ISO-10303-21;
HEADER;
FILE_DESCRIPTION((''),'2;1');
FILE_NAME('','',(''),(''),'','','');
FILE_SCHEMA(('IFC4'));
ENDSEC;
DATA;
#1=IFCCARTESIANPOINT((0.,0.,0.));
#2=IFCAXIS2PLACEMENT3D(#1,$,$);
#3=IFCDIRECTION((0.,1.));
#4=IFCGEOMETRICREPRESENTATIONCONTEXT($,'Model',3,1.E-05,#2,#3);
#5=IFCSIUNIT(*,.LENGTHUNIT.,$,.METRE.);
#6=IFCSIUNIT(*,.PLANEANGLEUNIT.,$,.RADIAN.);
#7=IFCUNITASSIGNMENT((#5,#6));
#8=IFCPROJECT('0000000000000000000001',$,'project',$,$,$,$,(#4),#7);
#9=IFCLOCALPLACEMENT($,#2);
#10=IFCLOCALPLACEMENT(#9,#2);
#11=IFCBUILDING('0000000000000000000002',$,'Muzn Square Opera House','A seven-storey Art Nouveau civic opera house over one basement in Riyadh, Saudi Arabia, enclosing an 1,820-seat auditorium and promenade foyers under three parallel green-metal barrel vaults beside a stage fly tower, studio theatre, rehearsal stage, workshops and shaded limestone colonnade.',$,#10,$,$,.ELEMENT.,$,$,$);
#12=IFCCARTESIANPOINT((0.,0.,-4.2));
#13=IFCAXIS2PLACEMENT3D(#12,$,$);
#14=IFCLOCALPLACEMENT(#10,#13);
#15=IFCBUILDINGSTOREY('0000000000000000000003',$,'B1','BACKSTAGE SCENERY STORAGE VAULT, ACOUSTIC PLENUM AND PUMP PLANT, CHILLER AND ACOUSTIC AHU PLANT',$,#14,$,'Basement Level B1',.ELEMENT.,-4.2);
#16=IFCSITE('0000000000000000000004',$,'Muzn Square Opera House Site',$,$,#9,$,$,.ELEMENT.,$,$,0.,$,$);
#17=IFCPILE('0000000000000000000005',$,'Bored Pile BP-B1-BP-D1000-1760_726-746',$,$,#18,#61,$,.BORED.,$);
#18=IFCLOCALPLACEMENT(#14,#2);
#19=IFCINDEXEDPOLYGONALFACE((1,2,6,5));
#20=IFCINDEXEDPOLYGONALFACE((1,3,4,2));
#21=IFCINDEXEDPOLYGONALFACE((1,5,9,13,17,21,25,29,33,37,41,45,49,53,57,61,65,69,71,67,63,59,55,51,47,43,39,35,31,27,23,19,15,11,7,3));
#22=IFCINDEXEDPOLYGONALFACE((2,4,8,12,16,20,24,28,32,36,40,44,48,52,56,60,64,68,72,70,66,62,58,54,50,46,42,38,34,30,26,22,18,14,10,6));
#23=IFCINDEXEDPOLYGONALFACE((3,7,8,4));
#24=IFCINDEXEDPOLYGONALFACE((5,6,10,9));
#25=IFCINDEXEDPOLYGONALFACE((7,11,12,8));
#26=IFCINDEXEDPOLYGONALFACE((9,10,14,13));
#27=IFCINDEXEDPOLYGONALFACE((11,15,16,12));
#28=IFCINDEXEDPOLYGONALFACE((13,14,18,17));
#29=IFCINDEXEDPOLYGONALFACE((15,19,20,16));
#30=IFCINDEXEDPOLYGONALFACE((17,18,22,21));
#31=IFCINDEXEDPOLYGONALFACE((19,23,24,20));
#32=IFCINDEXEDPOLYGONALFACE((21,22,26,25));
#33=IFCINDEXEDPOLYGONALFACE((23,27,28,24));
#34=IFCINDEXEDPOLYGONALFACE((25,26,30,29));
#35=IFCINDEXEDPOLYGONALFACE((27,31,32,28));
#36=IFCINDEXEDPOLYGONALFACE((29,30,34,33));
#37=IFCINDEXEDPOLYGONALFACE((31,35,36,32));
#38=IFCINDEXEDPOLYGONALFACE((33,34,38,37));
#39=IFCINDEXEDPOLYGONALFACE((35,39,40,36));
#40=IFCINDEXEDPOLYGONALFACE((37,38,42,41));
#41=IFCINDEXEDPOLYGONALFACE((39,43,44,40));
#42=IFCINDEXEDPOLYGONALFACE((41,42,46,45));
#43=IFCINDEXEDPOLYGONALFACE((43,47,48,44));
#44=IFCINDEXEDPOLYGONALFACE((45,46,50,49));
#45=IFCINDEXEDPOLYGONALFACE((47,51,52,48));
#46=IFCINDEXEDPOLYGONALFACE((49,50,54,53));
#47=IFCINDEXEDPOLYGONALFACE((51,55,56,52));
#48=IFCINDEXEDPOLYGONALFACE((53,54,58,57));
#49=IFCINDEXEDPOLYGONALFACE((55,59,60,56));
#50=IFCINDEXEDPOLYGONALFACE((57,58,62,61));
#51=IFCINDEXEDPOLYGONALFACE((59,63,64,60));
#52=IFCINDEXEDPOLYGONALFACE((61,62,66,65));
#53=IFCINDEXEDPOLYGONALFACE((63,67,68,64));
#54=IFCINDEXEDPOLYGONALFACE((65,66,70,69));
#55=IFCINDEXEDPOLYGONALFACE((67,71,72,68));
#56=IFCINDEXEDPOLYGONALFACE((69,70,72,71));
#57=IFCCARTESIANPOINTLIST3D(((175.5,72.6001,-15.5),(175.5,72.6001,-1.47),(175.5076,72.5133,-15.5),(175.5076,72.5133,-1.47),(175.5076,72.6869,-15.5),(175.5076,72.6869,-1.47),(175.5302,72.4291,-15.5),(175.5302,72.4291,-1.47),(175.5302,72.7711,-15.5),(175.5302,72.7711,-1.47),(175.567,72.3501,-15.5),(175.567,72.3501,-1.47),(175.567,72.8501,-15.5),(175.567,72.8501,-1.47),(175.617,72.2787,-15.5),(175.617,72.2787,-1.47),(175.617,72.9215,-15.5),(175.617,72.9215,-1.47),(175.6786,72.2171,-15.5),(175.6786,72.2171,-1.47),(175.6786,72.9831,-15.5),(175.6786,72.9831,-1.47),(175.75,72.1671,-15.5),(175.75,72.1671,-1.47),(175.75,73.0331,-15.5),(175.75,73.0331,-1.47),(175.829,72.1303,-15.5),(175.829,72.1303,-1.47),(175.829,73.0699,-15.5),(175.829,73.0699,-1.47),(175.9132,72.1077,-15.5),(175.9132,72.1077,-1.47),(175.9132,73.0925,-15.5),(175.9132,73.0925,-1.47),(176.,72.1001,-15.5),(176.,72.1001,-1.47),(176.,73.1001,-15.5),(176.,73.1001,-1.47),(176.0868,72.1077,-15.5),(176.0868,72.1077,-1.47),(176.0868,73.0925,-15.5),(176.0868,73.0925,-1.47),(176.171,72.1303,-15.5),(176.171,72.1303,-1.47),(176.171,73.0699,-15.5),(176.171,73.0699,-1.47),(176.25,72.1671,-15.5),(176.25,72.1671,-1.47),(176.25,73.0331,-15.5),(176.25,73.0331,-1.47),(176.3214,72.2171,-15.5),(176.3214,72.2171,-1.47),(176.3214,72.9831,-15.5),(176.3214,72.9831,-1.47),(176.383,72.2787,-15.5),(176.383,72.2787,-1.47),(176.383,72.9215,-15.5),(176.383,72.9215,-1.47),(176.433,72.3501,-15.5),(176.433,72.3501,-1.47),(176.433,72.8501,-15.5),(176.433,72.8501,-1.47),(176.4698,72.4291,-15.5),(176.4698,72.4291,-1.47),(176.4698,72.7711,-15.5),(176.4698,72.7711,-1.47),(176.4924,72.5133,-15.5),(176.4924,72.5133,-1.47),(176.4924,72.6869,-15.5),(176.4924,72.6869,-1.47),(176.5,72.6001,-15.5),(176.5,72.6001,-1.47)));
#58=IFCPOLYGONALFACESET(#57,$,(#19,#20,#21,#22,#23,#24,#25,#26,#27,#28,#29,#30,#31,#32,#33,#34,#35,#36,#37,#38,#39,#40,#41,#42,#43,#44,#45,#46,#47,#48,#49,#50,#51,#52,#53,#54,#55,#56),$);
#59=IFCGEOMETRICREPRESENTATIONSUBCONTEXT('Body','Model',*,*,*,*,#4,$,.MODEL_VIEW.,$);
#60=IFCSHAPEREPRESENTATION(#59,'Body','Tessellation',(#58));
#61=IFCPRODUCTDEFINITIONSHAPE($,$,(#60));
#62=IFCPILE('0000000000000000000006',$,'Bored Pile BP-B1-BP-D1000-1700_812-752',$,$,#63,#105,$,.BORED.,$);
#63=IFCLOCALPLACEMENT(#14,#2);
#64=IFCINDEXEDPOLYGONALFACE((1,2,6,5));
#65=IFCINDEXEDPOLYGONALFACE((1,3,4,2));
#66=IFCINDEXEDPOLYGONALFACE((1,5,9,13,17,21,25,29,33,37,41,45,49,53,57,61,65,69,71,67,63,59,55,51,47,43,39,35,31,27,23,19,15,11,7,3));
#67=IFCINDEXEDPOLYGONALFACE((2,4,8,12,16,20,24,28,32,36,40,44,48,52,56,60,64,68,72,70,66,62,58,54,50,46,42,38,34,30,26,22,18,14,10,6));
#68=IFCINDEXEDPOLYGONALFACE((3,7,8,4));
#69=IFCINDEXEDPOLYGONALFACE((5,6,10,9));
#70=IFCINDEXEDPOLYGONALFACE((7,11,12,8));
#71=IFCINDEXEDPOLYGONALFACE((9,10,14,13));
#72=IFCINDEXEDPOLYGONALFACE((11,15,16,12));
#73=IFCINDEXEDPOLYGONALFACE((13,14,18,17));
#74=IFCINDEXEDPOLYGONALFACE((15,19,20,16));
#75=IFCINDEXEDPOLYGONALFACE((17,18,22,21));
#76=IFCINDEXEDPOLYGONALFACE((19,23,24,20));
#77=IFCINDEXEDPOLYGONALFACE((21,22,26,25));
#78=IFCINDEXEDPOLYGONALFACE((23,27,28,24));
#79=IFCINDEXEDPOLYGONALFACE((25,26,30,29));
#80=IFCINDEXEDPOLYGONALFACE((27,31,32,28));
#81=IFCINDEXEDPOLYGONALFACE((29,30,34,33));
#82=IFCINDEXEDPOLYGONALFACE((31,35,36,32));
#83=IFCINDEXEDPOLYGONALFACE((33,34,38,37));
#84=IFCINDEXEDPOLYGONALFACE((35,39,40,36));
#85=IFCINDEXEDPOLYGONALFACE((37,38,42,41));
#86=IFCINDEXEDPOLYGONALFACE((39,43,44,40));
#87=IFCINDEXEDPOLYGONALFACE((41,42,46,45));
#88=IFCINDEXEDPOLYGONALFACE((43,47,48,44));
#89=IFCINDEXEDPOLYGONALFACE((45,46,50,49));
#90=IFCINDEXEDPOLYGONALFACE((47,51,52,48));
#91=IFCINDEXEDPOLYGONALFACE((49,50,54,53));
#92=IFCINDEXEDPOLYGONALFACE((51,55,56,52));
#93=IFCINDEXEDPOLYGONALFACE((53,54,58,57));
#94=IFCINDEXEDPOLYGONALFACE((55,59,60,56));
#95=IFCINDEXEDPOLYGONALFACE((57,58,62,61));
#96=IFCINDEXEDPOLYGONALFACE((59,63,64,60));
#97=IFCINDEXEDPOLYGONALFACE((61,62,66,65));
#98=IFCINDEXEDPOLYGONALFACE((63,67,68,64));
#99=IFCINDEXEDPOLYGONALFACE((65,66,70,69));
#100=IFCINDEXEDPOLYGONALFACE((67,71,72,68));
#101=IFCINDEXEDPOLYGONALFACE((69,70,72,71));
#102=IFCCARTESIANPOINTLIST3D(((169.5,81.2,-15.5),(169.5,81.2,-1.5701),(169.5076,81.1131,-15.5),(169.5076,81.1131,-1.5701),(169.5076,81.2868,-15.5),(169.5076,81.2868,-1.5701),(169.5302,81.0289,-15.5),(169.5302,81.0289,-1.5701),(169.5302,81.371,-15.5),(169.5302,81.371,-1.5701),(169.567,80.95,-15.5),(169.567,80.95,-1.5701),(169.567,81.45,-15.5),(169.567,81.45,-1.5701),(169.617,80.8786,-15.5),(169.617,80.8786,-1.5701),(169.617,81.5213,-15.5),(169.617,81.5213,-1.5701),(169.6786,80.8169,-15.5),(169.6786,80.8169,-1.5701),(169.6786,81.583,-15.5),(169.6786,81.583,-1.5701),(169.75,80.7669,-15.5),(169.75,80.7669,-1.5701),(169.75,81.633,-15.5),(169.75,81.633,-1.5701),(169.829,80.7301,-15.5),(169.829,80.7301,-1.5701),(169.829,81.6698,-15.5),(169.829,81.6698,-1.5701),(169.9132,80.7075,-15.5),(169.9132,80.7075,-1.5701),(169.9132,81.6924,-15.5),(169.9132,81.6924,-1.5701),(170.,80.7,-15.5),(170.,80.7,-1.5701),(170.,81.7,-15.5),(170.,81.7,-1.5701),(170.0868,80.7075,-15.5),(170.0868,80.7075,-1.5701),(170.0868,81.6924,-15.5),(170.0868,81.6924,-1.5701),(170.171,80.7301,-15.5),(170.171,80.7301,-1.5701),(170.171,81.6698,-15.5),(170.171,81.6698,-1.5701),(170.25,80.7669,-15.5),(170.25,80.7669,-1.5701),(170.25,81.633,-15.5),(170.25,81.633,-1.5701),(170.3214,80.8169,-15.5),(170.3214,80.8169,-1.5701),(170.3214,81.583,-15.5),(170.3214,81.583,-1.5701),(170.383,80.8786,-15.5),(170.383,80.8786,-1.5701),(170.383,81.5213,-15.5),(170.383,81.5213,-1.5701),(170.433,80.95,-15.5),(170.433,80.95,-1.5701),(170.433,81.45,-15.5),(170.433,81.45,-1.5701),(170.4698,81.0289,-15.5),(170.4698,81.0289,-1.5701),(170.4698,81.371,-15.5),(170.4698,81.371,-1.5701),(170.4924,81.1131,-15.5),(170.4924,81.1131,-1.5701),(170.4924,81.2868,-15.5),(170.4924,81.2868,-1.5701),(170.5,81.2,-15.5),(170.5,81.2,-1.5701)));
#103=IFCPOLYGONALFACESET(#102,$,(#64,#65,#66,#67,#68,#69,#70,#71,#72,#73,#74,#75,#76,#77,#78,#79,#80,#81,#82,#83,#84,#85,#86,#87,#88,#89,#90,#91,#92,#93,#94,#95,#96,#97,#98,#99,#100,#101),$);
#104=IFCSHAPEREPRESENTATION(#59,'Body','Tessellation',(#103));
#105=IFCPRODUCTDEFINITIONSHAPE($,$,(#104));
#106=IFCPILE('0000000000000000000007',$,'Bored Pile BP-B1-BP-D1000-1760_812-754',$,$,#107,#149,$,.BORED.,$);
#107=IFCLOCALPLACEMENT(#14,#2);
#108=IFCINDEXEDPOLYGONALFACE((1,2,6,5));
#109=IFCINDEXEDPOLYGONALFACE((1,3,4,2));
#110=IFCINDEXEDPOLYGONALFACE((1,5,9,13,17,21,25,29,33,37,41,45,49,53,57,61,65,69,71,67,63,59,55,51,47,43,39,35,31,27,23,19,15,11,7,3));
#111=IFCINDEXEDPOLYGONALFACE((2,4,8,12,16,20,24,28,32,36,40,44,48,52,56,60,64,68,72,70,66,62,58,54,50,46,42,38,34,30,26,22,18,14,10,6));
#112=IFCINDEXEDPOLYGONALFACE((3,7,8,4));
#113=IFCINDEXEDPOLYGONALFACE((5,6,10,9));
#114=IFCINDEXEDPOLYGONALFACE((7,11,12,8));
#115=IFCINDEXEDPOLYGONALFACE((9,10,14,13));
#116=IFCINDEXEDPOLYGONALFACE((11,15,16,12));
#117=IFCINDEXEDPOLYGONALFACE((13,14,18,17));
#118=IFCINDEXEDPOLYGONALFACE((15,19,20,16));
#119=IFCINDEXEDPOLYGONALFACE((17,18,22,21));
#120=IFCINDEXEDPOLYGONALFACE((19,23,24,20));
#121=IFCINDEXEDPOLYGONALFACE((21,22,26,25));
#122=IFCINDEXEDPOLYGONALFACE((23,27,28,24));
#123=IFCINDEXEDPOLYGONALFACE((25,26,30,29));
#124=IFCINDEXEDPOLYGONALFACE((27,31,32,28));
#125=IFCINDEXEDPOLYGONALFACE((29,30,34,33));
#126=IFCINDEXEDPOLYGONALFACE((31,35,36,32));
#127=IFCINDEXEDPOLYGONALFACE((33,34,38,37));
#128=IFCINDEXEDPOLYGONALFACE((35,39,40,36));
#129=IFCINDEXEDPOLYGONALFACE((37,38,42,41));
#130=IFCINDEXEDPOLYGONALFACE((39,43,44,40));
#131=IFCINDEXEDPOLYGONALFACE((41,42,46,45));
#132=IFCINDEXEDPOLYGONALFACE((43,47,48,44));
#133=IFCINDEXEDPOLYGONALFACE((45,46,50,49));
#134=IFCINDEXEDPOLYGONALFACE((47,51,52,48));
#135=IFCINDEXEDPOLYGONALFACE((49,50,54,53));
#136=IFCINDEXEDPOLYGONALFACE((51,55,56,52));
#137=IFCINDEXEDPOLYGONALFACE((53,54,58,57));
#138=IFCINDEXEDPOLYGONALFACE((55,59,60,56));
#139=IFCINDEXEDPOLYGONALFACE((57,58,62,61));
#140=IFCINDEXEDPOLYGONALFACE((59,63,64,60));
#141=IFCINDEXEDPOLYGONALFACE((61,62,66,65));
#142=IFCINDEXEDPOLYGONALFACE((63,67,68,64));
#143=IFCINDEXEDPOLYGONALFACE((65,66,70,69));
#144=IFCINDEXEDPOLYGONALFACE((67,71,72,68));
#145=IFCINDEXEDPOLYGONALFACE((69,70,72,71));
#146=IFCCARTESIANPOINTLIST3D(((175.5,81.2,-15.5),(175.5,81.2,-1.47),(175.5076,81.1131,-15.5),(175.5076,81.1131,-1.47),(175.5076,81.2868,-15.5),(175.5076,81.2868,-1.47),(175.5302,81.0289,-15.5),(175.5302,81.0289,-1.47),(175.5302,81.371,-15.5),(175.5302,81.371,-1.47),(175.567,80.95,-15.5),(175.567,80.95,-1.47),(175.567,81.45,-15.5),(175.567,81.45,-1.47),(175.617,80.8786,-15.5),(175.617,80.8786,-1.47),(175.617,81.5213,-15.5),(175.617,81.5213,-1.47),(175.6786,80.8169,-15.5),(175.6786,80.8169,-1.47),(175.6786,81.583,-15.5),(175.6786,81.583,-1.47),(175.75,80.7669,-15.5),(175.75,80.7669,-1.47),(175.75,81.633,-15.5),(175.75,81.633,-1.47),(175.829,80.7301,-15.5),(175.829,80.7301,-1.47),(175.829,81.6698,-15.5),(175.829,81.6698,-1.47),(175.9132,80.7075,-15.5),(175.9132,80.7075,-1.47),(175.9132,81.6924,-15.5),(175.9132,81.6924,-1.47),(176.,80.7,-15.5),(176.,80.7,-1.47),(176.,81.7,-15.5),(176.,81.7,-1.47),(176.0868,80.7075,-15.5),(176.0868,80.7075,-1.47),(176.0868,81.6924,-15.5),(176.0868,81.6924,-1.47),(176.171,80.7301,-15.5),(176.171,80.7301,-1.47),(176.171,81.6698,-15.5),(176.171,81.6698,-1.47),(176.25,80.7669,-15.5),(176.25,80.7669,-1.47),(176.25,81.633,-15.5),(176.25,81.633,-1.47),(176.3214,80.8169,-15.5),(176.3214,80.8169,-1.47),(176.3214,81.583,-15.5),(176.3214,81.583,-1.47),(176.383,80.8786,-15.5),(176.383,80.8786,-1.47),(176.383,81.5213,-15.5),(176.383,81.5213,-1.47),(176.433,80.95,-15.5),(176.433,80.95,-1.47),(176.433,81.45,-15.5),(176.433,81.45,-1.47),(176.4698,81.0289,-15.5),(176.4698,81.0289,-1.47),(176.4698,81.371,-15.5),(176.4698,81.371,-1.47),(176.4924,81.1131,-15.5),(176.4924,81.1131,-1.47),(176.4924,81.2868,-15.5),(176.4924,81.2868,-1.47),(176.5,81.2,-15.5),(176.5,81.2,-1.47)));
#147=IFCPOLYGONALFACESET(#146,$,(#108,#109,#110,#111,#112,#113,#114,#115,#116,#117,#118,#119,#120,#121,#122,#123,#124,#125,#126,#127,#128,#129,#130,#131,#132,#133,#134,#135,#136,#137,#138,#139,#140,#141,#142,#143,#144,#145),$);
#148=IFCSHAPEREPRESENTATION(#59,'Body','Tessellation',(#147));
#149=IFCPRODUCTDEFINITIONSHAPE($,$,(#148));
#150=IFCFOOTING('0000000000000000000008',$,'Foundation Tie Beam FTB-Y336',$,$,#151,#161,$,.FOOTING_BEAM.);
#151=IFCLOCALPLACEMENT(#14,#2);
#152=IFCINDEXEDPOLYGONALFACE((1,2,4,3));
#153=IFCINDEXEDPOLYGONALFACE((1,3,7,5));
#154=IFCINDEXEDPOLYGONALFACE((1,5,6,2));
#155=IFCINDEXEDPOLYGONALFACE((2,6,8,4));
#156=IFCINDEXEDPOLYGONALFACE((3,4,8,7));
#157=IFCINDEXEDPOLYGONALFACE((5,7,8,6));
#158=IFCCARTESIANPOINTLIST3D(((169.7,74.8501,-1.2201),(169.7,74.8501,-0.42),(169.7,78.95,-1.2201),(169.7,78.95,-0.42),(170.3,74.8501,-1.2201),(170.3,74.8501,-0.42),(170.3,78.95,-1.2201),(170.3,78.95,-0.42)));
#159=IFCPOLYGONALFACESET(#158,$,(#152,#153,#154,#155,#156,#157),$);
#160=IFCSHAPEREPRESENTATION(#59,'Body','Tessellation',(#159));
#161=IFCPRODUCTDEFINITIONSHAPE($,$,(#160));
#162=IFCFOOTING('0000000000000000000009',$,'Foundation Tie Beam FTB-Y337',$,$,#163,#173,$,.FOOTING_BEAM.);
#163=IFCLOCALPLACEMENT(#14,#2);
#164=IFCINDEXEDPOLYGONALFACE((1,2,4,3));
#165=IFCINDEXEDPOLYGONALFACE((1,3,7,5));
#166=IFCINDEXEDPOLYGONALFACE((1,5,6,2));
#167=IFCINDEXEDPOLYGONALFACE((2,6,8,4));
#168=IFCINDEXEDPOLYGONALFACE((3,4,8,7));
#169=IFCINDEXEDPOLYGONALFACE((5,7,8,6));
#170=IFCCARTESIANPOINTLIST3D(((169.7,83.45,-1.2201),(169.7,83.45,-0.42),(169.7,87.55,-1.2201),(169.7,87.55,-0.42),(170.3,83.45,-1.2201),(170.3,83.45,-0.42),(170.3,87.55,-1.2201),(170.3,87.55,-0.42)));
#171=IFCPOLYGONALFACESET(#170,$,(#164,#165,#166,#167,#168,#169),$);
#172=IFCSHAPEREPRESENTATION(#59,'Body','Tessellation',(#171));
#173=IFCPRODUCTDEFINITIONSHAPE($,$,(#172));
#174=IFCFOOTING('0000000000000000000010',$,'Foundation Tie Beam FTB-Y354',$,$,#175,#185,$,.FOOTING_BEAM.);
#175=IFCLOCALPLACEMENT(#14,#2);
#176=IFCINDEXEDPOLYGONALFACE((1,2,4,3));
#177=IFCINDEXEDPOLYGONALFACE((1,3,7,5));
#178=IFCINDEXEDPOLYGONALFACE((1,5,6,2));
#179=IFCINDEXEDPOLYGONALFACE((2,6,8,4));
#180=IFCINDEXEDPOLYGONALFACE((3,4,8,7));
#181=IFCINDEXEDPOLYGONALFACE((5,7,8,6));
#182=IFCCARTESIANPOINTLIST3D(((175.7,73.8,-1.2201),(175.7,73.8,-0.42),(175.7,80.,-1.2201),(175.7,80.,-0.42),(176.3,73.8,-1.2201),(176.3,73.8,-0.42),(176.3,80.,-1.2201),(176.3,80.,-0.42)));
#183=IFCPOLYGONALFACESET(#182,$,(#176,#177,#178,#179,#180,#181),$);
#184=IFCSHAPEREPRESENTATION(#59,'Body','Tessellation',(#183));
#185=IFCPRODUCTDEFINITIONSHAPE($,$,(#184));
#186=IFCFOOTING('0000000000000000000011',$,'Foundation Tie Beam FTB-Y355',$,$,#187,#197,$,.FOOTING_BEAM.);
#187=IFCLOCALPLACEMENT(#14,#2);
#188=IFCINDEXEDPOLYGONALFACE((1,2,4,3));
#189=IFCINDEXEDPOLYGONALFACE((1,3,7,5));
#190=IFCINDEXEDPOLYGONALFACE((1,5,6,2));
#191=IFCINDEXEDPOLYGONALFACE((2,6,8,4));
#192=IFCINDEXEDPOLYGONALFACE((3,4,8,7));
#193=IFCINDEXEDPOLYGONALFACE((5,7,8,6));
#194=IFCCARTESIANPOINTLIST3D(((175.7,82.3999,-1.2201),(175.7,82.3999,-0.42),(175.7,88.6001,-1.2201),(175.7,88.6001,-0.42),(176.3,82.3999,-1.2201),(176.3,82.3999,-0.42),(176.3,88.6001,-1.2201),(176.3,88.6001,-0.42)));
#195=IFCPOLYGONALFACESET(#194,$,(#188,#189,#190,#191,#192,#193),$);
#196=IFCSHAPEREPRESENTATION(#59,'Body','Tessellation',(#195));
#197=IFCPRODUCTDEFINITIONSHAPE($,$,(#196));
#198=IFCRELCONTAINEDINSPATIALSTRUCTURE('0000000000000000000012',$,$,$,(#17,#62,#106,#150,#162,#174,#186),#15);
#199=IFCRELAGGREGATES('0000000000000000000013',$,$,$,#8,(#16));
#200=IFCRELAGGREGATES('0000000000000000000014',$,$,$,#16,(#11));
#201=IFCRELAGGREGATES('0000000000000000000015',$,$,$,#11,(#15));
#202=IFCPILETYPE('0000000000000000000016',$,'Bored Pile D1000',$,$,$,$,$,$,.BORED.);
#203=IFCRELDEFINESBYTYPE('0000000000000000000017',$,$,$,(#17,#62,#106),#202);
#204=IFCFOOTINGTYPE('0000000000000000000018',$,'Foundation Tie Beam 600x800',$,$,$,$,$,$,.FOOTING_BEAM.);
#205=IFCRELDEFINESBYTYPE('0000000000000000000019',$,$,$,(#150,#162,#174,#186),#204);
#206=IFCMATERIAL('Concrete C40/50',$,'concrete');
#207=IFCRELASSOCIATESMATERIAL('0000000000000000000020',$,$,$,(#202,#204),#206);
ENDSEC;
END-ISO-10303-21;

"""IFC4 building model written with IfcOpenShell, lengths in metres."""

from ifc_helpers import new_model, si_unit, direction, frame, origin, origin_2d, place, context, subcontext, project, spatial, rectangle, circle, extrude, material, material_profile, profile_set, type_object, element, save


model = new_model("IFC4")

# Units and contexts
model_context = context("Model", 3, precision=1e-05, world=origin(), true_north=direction((0.0, 1.0)))
body_context = subcontext(model_context, "Body", "Model", "MODEL_VIEW")
ifc_project = project(units=[si_unit("LENGTHUNIT", "METRE"), si_unit("PLANEANGLEUNIT", "RADIAN")], contexts=[model_context])

# Site, building, storey
site_placement = place(None, origin())
site = spatial("IfcSite", under=ifc_project, at=site_placement, Name="Muzn Square Opera House Site", CompositionType="ELEMENT", RefElevation=0.0)
building_placement = place(site_placement, origin())
building = spatial("IfcBuilding", under=site, at=building_placement, Name="Muzn Square Opera House", Description="A seven-storey Art Nouveau civic opera house over one basement in Riyadh, Saudi Arabia, enclosing an 1,820-seat auditorium and promenade foyers under three parallel green-metal barrel vaults beside a stage fly tower, studio theatre, rehearsal stage, workshops and shaded limestone colonnade.", CompositionType="ELEMENT")
storey_placement = place(building_placement, frame((0.0, 0.0, -4.2)))
storey = spatial("IfcBuildingStorey", under=building, at=storey_placement, Name="B1", Description="BACKSTAGE SCENERY STORAGE VAULT, ACOUSTIC PLENUM AND PUMP PLANT, CHILLER AND ACOUSTIC AHU PLANT", LongName="Basement Level B1", CompositionType="ELEMENT", Elevation=-4.2)

# Piles
ifc_material_1 = material(Name="Concrete C40/50", Category="concrete")
ifc_material_profile_1 = material_profile(ifc_material_1, circle(Radius=0.5, at=origin_2d()), Name="BORED PILE D1000", Category="concrete")
ifc_profile_set_1 = profile_set([ifc_material_profile_1], Name="Concrete C40/50")
pile_type = type_object("IfcPileType", Name="Bored Pile D1000", PredefinedType="BORED", material=ifc_profile_set_1)
pile_1_placement = place(storey_placement, frame((176.0, 72.6001, -1.47), z_axis=(0.0, 0.0, -1.0), x_axis=(1.0, 0.0, 0.0)))
element("IfcPile", 1, at=pile_1_placement, inside=storey, type_object=pile_type, Name="Bored Pile BP-B1-BP-D1000-1760_726-746", PredefinedType="BORED", context=body_context, shape_type="SweptSolid", body=[
    extrude(circle(Radius=0.5, at=origin_2d()), origin(), (0.0, 0.0, 1.0), 14.03),
])
pile_2_placement = place(storey_placement, frame((170.0, 81.2, -1.5701), z_axis=(0.0, 0.0, -1.0), x_axis=(1.0, 0.0, 0.0)))
element("IfcPile", 2, at=pile_2_placement, inside=storey, type_object=pile_type, Name="Bored Pile BP-B1-BP-D1000-1700_812-752", PredefinedType="BORED", context=body_context, shape_type="SweptSolid", body=[
    extrude(circle(Radius=0.5, at=origin_2d()), origin(), (0.0, 0.0, 1.0), 13.9299),
])
pile_3_placement = place(storey_placement, frame((176.0, 81.2, -1.47), z_axis=(0.0, 0.0, -1.0), x_axis=(1.0, 0.0, 0.0)))
element("IfcPile", 3, at=pile_3_placement, inside=storey, type_object=pile_type, Name="Bored Pile BP-B1-BP-D1000-1760_812-754", PredefinedType="BORED", context=body_context, shape_type="SweptSolid", body=[
    extrude(circle(Radius=0.5, at=origin_2d()), origin(), (0.0, 0.0, 1.0), 14.03),
])

# Footings
ifc_material_profile_2 = material_profile(ifc_material_1, rectangle(XDim=0.6001, YDim=0.8, at=origin_2d()), Name="RCTB 600x800", Category="concrete")
ifc_profile_set_2 = profile_set([ifc_material_profile_2], Name="Concrete C40/50")
footing_type_1 = type_object("IfcFootingType", Name="Foundation Tie Beam 600x800", PredefinedType="FOOTING_BEAM", material=ifc_profile_set_2)
footing_1_placement = place(storey_placement, frame((170.0, 74.8501, -0.8201), z_axis=(0.0, 1.0, 0.0), x_axis=(-1.0, 0.0, 0.0)))
element("IfcFooting", 4, at=footing_1_placement, inside=storey, type_object=footing_type_1, Name="Foundation Tie Beam FTB-Y336", PredefinedType="FOOTING_BEAM", context=body_context, shape_type="SweptSolid", body=[
    extrude(rectangle(XDim=0.6001, YDim=0.8, at=origin_2d()), origin(), (0.0, 0.0, 1.0), 4.0999),
])
footing_2_placement = place(storey_placement, frame((170.0, 83.45, -0.8201), z_axis=(0.0, 1.0, 0.0), x_axis=(-1.0, 0.0, 0.0)))
element("IfcFooting", 5, at=footing_2_placement, inside=storey, type_object=footing_type_1, Name="Foundation Tie Beam FTB-Y337", PredefinedType="FOOTING_BEAM", context=body_context, shape_type="SweptSolid", body=[
    extrude(rectangle(XDim=0.6001, YDim=0.8, at=origin_2d()), origin(), (0.0, 0.0, 1.0), 4.1001),
])
footing_3_placement = place(storey_placement, frame((176.0, 73.8, -0.8201), z_axis=(0.0, 1.0, 0.0), x_axis=(-1.0, 0.0, 0.0)))
element("IfcFooting", 6, at=footing_3_placement, inside=storey, type_object=footing_type_1, Name="Foundation Tie Beam FTB-Y354", PredefinedType="FOOTING_BEAM", context=body_context, shape_type="SweptSolid", body=[
    extrude(rectangle(XDim=0.6001, YDim=0.8, at=origin_2d()), origin(), (0.0, 0.0, 1.0), 6.2),
])
footing_4_placement = place(storey_placement, frame((176.0, 82.3999, -0.8201), z_axis=(0.0, 1.0, 0.0), x_axis=(-1.0, 0.0, 0.0)))
element("IfcFooting", 7, at=footing_4_placement, inside=storey, type_object=footing_type_1, Name="Foundation Tie Beam FTB-Y355", PredefinedType="FOOTING_BEAM", context=body_context, shape_type="SweptSolid", body=[
    extrude(rectangle(XDim=0.6001, YDim=0.8, at=origin_2d()), origin(), (0.0, 0.0, 1.0), 6.2002),
])

save(model, "model.ifc")
